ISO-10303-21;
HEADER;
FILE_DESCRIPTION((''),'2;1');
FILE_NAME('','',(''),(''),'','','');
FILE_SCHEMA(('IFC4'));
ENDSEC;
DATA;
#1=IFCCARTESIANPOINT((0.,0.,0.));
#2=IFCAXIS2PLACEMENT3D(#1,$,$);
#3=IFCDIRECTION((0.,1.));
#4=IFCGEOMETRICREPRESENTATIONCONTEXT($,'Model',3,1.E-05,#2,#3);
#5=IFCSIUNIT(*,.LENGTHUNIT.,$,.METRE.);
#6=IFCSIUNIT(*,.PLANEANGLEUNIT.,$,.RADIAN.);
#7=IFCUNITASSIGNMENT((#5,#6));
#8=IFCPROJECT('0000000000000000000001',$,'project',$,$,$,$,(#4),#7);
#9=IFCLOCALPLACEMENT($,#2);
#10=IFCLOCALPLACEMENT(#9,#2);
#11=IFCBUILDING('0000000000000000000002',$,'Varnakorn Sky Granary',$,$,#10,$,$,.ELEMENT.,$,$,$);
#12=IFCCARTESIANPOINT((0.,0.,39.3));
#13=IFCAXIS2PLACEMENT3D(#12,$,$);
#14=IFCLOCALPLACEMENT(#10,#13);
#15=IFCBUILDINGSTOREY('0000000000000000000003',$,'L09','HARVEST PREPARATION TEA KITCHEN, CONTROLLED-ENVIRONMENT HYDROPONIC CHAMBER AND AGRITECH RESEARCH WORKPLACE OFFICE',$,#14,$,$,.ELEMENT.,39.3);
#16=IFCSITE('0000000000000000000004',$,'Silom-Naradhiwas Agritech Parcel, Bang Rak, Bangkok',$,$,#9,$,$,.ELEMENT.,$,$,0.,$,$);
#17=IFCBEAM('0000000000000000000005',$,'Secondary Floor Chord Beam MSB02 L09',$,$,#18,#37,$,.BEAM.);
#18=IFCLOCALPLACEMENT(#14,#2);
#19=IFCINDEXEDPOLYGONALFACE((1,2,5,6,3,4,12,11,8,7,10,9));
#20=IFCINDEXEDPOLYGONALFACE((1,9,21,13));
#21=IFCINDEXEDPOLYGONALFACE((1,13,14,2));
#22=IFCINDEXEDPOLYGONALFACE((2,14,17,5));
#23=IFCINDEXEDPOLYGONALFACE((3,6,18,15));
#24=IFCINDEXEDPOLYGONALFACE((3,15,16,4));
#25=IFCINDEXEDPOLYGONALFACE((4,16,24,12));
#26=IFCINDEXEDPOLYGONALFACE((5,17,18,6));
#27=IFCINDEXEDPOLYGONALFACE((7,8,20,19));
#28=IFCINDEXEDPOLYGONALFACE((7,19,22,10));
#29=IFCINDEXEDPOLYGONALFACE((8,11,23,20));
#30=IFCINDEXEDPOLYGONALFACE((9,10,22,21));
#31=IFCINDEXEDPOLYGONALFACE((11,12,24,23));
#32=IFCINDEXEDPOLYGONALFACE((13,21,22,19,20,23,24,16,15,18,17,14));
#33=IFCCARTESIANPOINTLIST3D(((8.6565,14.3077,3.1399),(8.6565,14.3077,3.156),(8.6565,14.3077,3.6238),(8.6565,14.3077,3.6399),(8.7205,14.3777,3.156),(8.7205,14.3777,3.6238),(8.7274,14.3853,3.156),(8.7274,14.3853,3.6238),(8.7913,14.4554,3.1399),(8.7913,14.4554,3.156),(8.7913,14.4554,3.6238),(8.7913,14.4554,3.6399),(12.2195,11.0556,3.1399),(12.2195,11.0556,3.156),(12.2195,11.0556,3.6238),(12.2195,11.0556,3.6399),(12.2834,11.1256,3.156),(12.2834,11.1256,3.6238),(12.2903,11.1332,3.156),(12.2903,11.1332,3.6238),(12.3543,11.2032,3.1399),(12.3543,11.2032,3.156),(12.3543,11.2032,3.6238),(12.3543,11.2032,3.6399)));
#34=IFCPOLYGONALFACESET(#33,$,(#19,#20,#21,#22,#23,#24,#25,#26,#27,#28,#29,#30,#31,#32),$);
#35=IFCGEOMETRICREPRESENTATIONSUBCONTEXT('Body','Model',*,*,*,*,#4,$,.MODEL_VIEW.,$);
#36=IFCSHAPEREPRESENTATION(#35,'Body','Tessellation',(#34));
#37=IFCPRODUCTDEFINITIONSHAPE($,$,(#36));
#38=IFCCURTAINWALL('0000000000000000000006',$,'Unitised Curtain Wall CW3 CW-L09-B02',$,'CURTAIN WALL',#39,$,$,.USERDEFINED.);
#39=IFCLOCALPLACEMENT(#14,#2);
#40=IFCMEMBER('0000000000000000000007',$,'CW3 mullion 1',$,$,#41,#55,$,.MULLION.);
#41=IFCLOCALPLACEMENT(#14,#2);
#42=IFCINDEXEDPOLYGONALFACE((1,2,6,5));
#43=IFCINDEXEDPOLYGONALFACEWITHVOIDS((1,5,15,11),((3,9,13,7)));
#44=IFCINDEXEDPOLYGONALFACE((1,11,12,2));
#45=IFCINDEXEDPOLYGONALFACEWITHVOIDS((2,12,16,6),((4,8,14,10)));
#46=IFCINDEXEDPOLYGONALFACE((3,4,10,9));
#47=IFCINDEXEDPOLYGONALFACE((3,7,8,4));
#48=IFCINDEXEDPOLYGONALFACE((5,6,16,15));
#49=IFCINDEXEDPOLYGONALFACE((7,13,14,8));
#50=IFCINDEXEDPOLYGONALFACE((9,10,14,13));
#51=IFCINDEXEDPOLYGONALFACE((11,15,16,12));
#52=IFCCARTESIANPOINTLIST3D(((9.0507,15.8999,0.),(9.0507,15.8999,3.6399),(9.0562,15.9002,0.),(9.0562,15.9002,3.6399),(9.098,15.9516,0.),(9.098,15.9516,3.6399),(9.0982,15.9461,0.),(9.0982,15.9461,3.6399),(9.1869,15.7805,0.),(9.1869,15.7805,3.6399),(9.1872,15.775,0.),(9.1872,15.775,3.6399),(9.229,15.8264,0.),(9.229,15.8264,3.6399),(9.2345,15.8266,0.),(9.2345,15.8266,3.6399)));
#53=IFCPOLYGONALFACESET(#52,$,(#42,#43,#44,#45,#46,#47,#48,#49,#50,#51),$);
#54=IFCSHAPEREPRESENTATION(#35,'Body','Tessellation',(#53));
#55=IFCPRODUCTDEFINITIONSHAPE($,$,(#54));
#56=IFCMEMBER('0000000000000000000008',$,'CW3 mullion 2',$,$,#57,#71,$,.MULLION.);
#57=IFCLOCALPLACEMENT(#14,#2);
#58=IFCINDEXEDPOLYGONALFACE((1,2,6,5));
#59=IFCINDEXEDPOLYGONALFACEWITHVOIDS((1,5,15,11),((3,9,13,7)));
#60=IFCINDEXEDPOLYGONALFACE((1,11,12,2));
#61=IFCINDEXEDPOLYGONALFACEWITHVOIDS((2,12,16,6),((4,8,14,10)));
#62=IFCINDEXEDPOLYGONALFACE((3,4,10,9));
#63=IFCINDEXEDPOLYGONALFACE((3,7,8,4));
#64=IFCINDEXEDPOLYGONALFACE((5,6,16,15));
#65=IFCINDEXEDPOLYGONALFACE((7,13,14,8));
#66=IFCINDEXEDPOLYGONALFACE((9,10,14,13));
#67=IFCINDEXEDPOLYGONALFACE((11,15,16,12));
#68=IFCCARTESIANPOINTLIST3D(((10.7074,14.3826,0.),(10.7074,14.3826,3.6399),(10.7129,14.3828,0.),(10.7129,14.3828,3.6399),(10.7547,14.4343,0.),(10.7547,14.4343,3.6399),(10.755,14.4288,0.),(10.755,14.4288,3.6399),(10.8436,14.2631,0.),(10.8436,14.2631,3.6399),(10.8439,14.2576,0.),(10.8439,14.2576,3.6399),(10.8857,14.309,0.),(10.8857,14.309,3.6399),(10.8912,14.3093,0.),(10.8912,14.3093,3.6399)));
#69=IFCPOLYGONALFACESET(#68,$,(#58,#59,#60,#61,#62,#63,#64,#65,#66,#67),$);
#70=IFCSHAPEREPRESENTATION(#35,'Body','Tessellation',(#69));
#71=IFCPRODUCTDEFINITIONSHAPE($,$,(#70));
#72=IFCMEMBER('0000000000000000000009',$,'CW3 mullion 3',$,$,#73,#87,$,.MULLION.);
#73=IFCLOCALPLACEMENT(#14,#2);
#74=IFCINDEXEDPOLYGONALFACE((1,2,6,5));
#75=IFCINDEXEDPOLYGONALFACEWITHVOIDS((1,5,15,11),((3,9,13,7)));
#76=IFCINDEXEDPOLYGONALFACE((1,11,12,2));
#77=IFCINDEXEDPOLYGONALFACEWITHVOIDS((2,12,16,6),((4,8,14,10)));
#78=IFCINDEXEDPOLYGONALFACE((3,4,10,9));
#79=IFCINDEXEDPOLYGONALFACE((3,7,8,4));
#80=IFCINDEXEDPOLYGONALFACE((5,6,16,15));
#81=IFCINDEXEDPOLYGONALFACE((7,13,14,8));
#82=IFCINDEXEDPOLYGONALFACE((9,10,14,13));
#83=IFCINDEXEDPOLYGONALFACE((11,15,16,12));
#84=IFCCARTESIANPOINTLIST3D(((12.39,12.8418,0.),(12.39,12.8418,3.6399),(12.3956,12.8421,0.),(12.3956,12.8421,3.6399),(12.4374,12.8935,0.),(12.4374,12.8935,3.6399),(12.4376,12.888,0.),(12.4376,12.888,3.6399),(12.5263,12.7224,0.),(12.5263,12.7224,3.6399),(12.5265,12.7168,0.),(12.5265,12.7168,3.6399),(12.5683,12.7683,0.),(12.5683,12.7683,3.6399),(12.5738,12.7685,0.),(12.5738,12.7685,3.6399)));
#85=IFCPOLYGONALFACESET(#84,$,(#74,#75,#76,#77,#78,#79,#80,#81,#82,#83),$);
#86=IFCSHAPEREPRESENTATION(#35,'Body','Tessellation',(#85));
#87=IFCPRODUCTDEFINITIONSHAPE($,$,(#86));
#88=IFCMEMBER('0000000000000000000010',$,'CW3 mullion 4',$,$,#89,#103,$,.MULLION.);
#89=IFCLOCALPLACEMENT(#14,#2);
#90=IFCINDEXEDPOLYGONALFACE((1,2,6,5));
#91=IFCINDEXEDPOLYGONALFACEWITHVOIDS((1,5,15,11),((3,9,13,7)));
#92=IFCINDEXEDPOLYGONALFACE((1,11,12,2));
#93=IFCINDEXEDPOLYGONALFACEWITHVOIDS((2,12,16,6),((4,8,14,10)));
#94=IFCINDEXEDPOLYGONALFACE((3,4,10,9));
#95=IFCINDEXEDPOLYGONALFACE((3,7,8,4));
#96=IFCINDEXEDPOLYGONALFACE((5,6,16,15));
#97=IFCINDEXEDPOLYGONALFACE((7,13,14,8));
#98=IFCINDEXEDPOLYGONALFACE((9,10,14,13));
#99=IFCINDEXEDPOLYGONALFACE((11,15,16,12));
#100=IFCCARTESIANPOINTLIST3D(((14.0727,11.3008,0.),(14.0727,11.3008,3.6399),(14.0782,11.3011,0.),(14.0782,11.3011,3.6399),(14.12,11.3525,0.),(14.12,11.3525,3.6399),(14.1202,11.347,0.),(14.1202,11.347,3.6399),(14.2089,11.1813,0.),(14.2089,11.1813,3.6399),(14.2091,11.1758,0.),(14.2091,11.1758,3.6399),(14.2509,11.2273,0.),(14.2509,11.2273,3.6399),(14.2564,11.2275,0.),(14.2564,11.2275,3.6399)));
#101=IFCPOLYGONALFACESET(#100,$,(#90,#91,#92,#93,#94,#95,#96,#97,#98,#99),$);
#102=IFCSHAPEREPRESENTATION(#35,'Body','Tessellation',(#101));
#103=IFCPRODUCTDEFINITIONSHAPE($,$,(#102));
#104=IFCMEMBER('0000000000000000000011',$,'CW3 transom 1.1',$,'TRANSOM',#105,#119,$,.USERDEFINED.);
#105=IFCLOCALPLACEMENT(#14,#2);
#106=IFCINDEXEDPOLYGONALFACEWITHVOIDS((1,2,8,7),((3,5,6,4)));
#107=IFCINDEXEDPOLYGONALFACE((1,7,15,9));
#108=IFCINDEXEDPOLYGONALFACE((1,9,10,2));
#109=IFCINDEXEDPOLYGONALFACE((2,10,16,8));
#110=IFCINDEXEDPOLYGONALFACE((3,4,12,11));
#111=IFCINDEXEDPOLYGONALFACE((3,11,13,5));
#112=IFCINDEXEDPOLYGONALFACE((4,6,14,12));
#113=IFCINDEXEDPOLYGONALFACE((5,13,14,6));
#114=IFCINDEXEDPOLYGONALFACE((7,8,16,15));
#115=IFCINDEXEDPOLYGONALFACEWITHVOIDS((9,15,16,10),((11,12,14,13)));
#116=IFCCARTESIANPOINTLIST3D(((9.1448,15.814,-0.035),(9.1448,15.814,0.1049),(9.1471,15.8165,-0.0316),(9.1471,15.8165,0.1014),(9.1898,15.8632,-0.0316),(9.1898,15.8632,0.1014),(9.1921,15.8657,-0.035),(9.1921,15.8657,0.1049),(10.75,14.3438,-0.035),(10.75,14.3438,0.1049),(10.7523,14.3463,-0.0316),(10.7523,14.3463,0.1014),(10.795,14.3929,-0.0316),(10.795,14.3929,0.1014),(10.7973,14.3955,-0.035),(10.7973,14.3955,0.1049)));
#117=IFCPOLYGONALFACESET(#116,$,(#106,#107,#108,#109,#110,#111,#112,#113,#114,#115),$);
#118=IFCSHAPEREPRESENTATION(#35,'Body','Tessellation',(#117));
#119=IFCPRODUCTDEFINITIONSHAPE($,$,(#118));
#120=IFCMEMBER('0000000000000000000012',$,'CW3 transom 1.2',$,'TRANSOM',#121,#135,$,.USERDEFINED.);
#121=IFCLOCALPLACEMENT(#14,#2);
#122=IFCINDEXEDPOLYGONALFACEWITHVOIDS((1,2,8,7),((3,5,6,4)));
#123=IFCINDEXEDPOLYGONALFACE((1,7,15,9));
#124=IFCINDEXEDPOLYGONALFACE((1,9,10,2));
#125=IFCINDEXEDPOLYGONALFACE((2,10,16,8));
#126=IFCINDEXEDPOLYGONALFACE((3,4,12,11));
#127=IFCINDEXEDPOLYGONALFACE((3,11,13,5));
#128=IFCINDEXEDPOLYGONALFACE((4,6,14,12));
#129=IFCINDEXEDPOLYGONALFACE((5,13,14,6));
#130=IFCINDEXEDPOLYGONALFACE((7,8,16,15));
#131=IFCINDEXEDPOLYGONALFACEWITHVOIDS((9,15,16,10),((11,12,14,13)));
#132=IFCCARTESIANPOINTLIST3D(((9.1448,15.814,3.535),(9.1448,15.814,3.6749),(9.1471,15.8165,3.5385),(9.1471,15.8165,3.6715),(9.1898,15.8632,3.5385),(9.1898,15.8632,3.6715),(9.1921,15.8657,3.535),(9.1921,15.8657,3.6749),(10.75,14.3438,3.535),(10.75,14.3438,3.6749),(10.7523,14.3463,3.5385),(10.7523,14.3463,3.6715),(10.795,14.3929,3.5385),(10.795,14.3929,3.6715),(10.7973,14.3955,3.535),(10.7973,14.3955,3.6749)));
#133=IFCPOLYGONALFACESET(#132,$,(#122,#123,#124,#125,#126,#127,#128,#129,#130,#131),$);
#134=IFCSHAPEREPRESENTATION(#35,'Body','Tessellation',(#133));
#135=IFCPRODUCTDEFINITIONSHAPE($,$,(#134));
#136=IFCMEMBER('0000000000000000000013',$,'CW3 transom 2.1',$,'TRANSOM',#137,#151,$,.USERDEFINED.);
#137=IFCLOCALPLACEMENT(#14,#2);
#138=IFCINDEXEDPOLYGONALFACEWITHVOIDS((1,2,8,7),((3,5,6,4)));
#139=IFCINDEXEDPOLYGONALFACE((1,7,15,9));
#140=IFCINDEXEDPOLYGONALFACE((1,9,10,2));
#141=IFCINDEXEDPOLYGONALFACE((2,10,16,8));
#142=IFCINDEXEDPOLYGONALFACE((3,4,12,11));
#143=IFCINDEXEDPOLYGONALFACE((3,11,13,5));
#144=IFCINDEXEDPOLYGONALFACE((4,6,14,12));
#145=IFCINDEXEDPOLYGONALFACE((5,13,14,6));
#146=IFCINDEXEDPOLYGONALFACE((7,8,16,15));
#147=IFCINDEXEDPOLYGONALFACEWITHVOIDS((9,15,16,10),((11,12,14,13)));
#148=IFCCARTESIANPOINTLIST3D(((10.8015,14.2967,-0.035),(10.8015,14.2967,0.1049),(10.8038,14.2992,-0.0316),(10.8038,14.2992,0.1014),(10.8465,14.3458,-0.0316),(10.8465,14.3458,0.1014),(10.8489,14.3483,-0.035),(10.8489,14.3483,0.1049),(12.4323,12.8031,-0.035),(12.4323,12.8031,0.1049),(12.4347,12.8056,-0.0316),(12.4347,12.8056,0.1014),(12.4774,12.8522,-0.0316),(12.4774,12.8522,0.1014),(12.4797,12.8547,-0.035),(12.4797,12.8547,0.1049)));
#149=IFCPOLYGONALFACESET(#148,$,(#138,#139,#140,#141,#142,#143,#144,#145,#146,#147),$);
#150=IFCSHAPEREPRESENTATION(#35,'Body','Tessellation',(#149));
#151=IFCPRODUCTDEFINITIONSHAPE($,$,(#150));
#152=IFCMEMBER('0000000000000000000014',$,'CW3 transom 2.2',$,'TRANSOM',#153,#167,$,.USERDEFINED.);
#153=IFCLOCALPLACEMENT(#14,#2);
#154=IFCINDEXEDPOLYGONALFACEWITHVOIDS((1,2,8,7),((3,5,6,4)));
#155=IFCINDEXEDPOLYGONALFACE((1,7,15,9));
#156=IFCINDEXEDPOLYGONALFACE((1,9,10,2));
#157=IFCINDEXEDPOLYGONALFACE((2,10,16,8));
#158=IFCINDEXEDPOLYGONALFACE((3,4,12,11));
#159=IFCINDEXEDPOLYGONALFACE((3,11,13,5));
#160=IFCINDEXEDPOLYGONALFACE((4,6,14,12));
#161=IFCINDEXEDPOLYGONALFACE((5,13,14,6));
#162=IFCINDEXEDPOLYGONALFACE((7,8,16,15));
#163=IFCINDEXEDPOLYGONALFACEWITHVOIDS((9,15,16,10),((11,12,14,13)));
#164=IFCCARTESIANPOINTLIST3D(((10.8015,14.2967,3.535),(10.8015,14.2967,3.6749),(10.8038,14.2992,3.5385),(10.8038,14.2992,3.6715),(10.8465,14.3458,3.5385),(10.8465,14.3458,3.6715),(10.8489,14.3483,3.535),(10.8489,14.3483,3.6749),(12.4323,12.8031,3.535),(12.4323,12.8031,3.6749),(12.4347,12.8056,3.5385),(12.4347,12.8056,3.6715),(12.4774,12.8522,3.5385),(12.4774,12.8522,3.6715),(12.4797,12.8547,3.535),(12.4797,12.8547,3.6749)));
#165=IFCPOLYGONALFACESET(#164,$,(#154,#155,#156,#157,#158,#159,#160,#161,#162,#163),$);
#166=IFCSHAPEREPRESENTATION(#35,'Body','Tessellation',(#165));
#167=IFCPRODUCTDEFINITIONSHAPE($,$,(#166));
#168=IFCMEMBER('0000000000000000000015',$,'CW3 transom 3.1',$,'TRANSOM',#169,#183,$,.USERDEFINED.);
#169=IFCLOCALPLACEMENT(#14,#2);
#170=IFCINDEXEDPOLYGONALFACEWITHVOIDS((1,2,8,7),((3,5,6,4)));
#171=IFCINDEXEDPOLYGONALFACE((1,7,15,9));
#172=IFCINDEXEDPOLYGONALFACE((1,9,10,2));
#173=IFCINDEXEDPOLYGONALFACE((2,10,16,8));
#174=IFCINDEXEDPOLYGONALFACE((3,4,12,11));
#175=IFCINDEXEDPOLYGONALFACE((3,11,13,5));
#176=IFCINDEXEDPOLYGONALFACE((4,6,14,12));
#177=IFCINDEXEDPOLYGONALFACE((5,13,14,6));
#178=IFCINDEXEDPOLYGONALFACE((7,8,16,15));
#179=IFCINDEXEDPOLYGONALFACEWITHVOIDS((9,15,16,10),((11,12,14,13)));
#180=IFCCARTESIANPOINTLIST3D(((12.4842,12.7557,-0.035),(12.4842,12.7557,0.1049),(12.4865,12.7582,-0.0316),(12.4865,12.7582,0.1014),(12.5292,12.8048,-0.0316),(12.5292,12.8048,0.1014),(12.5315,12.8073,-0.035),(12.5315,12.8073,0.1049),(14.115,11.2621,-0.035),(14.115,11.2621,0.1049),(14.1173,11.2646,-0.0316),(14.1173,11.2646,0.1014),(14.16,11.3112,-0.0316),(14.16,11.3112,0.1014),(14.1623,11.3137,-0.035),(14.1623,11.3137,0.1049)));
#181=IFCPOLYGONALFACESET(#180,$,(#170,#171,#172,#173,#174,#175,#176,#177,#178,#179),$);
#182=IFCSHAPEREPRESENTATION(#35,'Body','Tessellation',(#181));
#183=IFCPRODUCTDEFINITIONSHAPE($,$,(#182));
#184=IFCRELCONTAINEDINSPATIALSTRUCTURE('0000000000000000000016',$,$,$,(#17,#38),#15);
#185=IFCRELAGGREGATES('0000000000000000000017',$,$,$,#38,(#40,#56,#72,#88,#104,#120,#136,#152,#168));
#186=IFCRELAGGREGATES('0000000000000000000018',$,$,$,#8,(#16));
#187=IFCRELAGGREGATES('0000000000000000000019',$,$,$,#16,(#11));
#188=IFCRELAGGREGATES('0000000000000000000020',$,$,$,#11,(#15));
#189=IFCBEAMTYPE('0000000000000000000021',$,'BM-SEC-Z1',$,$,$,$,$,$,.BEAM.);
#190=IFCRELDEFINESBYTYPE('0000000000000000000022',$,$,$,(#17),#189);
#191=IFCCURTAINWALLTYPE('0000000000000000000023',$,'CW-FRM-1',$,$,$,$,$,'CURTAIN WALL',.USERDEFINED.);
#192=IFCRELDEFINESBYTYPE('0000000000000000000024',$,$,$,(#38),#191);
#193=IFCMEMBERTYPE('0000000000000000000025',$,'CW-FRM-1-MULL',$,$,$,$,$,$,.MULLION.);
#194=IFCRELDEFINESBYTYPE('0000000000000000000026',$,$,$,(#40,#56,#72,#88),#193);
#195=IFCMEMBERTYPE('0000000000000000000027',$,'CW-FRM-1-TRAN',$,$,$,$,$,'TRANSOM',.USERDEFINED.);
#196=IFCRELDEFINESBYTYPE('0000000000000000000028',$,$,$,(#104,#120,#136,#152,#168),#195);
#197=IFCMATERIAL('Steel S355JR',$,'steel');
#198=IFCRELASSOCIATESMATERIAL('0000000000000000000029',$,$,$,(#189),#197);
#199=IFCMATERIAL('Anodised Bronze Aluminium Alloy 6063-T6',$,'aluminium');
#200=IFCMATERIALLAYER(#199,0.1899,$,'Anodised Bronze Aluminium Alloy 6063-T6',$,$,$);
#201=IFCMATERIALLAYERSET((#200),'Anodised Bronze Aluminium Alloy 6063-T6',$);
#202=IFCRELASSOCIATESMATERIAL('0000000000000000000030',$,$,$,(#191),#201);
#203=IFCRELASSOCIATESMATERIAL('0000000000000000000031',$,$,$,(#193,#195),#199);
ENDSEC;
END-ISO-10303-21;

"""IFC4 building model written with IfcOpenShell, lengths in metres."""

from ifc_helpers import new_model, si_unit, direction, frame, origin, origin_2d, place, context, subcontext, project, spatial, hollow_rectangle, i_section, extrude, material, layer, layer_set, material_profile, profile_set, type_object, element, aggregate, save


model = new_model("IFC4")

# Units and contexts
model_context = context("Model", 3, precision=1e-05, world=origin(), true_north=direction((0.0, 1.0)))
body_context = subcontext(model_context, "Body", "Model", "MODEL_VIEW")
ifc_project = project(units=[si_unit("LENGTHUNIT", "METRE"), si_unit("PLANEANGLEUNIT", "RADIAN")], contexts=[model_context])

# Site, building, storey
site_placement = place(None, origin())
site = spatial("IfcSite", under=ifc_project, at=site_placement, Name="Silom-Naradhiwas Agritech Parcel, Bang Rak, Bangkok", CompositionType="ELEMENT", RefElevation=0.0)
building_placement = place(site_placement, origin())
building = spatial("IfcBuilding", under=site, at=building_placement, Name="Varnakorn Sky Granary", CompositionType="ELEMENT")
storey_placement = place(building_placement, frame((0.0, 0.0, 39.3)))
storey = spatial("IfcBuildingStorey", under=building, at=storey_placement, Name="L09", Description="HARVEST PREPARATION TEA KITCHEN, CONTROLLED-ENVIRONMENT HYDROPONIC CHAMBER AND AGRITECH RESEARCH WORKPLACE OFFICE", CompositionType="ELEMENT", Elevation=39.3)

# Beam
ifc_material_1 = material(Name="Steel S355JR", Category="steel")
ifc_material_profile_1 = material_profile(ifc_material_1, i_section(OverallWidth=0.2, OverallDepth=0.5, WebThickness=0.0103, FlangeThickness=0.0161, at=origin_2d()), Name="IPE 500")
ifc_profile_set_1 = profile_set([ifc_material_profile_1], Name="Steel S355JR")
beam_type = type_object("IfcBeamType", Name="BM-SEC-Z1", PredefinedType="BEAM", material=ifc_profile_set_1)
beam_placement = place(storey_placement, frame((12.2869, 11.1294, 3.3899), z_axis=(-0.738585, 0.67416, 0.0), x_axis=(-0.67416, -0.738585, 0.0)))
element("IfcBeam", 1, at=beam_placement, inside=storey, type_object=beam_type, Name="Secondary Floor Chord Beam MSB02 L09", PredefinedType="BEAM", context=body_context, shape_type="SweptSolid", body=[
    extrude(i_section(OverallWidth=0.2, OverallDepth=0.5, WebThickness=0.0103, FlangeThickness=0.0161, at=origin_2d()), origin(), (0.0, 0.0, 1.0), 4.824),
])

# Curtain wall, members
ifc_material_2 = material(Name="Anodised Bronze Aluminium Alloy 6063-T6", Category="aluminium")
ifc_layer_1 = layer(ifc_material_2, 0.1899, Name="Anodised Bronze Aluminium Alloy 6063-T6")
ifc_layer_set_1 = layer_set([ifc_layer_1], Name="Anodised Bronze Aluminium Alloy 6063-T6")
curtain_wall_type = type_object("IfcCurtainWallType", Name="CW-FRM-1", ElementType="CURTAIN WALL", PredefinedType="USERDEFINED", material=ifc_layer_set_1)
curtain_wall_placement = place(storey_placement, origin())
curtain_wall = element("IfcCurtainWall", 2, at=curtain_wall_placement, inside=storey, type_object=curtain_wall_type, Name="Unitised Curtain Wall CW3 CW-L09-B02", ObjectType="CURTAIN WALL", PredefinedType="USERDEFINED")
ifc_material_profile_2 = material_profile(ifc_material_2, hollow_rectangle(XDim=0.0701, YDim=0.1851, WallThickness=0.0039, at=origin_2d()), Name="ALU MULL 70x185")
ifc_profile_set_2 = profile_set([ifc_material_profile_2], Name="Anodised Bronze Aluminium Alloy 6063-T6")
member_type_1 = type_object("IfcMemberType", Name="CW-FRM-1-MULL", PredefinedType="MULLION", material=ifc_profile_set_2)
member_1_placement = place(storey_placement, frame((9.1426, 15.8633, 0.0), z_axis=(0.0, 0.0, 1.0), x_axis=(0.675389, 0.737462, 0.0)))
member_1 = element("IfcMember", 3, at=member_1_placement, type_object=member_type_1, Name="CW3 mullion 1", PredefinedType="MULLION", context=body_context, shape_type="SweptSolid", body=[
    extrude(hollow_rectangle(XDim=0.0701, YDim=0.1851, WallThickness=0.0039, at=origin_2d()), origin(), (0.0, 0.0, 1.0), 3.6399),
])
member_2_placement = place(storey_placement, frame((10.7993, 14.3459, 0.0), z_axis=(0.0, 0.0, 1.0), x_axis=(0.675389, 0.737462, 0.0)))
member_2 = element("IfcMember", 4, at=member_2_placement, type_object=member_type_1, Name="CW3 mullion 2", PredefinedType="MULLION", context=body_context, shape_type="SweptSolid", body=[
    extrude(hollow_rectangle(XDim=0.0701, YDim=0.1851, WallThickness=0.0039, at=origin_2d()), origin(), (0.0, 0.0, 1.0), 3.6399),
])
member_3_placement = place(storey_placement, frame((12.4819, 12.8052, 0.0), z_axis=(0.0, 0.0, 1.0), x_axis=(0.675389, 0.737462, 0.0)))
member_3 = element("IfcMember", 5, at=member_3_placement, type_object=member_type_1, Name="CW3 mullion 3", PredefinedType="MULLION", context=body_context, shape_type="SweptSolid", body=[
    extrude(hollow_rectangle(XDim=0.0701, YDim=0.1851, WallThickness=0.0039, at=origin_2d()), origin(), (0.0, 0.0, 1.0), 3.6399),
])
member_4_placement = place(storey_placement, frame((14.1646, 11.2642, 0.0), z_axis=(0.0, 0.0, 1.0), x_axis=(0.675389, 0.737462, 0.0)))
member_4 = element("IfcMember", 6, at=member_4_placement, type_object=member_type_1, Name="CW3 mullion 4", PredefinedType="MULLION", context=body_context, shape_type="SweptSolid", body=[
    extrude(hollow_rectangle(XDim=0.0701, YDim=0.1851, WallThickness=0.0039, at=origin_2d()), origin(), (0.0, 0.0, 1.0), 3.6399),
])
ifc_material_profile_3 = material_profile(ifc_material_2, hollow_rectangle(XDim=0.0701, YDim=0.1399, WallThickness=0.0034, at=origin_2d()), Name="ALU TRAN 70x140")
ifc_profile_set_3 = profile_set([ifc_material_profile_3], Name="Anodised Bronze Aluminium Alloy 6063-T6")
member_type_2 = type_object("IfcMemberType", Name="CW-FRM-1-TRAN", ElementType="TRANSOM", PredefinedType="USERDEFINED", material=ifc_profile_set_3)
member_5_placement = place(storey_placement, frame((9.1685, 15.8398, 0.0349), z_axis=(0.737438, -0.675415, 0.0), x_axis=(0.675415, 0.737438, 0.0)))
member_5 = element("IfcMember", 7, at=member_5_placement, type_object=member_type_2, Name="CW3 transom 1.1", ObjectType="TRANSOM", PredefinedType="USERDEFINED", context=body_context, shape_type="SweptSolid", body=[
    extrude(hollow_rectangle(XDim=0.0701, YDim=0.1399, WallThickness=0.0034, at=origin_2d()), origin(), (0.0, 0.0, 1.0), 2.1768),
])
member_6_placement = place(storey_placement, frame((9.1685, 15.8398, 3.605), z_axis=(0.737438, -0.675415, 0.0), x_axis=(0.675415, 0.737438, 0.0)))
member_6 = element("IfcMember", 8, at=member_6_placement, type_object=member_type_2, Name="CW3 transom 1.2", ObjectType="TRANSOM", PredefinedType="USERDEFINED", context=body_context, shape_type="SweptSolid", body=[
    extrude(hollow_rectangle(XDim=0.0701, YDim=0.1399, WallThickness=0.0034, at=origin_2d()), origin(), (0.0, 0.0, 1.0), 2.1768),
])
member_7_placement = place(storey_placement, frame((10.8252, 14.3225, 0.0349), z_axis=(0.737447, -0.675405, 0.0), x_axis=(0.675405, 0.737447, 0.0)))
member_7 = element("IfcMember", 9, at=member_7_placement, type_object=member_type_2, Name="CW3 transom 2.1", ObjectType="TRANSOM", PredefinedType="USERDEFINED", context=body_context, shape_type="SweptSolid", body=[
    extrude(hollow_rectangle(XDim=0.0701, YDim=0.1399, WallThickness=0.0034, at=origin_2d()), origin(), (0.0, 0.0, 1.0), 2.2114),
])
member_8_placement = place(storey_placement, frame((10.8252, 14.3225, 3.605), z_axis=(0.737447, -0.675405, 0.0), x_axis=(0.675405, 0.737447, 0.0)))
member_8 = element("IfcMember", 10, at=member_8_placement, type_object=member_type_2, Name="CW3 transom 2.2", ObjectType="TRANSOM", PredefinedType="USERDEFINED", context=body_context, shape_type="SweptSolid", body=[
    extrude(hollow_rectangle(XDim=0.0701, YDim=0.1399, WallThickness=0.0034, at=origin_2d()), origin(), (0.0, 0.0, 1.0), 2.2114),
])
member_9_placement = place(storey_placement, frame((12.5078, 12.7815, 0.0349), z_axis=(0.737447, -0.675405, 0.0), x_axis=(0.675405, 0.737447, 0.0)))
member_9 = element("IfcMember", 11, at=member_9_placement, type_object=member_type_2, Name="CW3 transom 3.1", ObjectType="TRANSOM", PredefinedType="USERDEFINED", context=body_context, shape_type="SweptSolid", body=[
    extrude(hollow_rectangle(XDim=0.0701, YDim=0.1399, WallThickness=0.0034, at=origin_2d()), origin(), (0.0, 0.0, 1.0), 2.2114),
])
aggregate(curtain_wall, [member_1, member_2, member_3, member_4, member_5, member_6, member_7, member_8, member_9])

save(model, "model.ifc")
